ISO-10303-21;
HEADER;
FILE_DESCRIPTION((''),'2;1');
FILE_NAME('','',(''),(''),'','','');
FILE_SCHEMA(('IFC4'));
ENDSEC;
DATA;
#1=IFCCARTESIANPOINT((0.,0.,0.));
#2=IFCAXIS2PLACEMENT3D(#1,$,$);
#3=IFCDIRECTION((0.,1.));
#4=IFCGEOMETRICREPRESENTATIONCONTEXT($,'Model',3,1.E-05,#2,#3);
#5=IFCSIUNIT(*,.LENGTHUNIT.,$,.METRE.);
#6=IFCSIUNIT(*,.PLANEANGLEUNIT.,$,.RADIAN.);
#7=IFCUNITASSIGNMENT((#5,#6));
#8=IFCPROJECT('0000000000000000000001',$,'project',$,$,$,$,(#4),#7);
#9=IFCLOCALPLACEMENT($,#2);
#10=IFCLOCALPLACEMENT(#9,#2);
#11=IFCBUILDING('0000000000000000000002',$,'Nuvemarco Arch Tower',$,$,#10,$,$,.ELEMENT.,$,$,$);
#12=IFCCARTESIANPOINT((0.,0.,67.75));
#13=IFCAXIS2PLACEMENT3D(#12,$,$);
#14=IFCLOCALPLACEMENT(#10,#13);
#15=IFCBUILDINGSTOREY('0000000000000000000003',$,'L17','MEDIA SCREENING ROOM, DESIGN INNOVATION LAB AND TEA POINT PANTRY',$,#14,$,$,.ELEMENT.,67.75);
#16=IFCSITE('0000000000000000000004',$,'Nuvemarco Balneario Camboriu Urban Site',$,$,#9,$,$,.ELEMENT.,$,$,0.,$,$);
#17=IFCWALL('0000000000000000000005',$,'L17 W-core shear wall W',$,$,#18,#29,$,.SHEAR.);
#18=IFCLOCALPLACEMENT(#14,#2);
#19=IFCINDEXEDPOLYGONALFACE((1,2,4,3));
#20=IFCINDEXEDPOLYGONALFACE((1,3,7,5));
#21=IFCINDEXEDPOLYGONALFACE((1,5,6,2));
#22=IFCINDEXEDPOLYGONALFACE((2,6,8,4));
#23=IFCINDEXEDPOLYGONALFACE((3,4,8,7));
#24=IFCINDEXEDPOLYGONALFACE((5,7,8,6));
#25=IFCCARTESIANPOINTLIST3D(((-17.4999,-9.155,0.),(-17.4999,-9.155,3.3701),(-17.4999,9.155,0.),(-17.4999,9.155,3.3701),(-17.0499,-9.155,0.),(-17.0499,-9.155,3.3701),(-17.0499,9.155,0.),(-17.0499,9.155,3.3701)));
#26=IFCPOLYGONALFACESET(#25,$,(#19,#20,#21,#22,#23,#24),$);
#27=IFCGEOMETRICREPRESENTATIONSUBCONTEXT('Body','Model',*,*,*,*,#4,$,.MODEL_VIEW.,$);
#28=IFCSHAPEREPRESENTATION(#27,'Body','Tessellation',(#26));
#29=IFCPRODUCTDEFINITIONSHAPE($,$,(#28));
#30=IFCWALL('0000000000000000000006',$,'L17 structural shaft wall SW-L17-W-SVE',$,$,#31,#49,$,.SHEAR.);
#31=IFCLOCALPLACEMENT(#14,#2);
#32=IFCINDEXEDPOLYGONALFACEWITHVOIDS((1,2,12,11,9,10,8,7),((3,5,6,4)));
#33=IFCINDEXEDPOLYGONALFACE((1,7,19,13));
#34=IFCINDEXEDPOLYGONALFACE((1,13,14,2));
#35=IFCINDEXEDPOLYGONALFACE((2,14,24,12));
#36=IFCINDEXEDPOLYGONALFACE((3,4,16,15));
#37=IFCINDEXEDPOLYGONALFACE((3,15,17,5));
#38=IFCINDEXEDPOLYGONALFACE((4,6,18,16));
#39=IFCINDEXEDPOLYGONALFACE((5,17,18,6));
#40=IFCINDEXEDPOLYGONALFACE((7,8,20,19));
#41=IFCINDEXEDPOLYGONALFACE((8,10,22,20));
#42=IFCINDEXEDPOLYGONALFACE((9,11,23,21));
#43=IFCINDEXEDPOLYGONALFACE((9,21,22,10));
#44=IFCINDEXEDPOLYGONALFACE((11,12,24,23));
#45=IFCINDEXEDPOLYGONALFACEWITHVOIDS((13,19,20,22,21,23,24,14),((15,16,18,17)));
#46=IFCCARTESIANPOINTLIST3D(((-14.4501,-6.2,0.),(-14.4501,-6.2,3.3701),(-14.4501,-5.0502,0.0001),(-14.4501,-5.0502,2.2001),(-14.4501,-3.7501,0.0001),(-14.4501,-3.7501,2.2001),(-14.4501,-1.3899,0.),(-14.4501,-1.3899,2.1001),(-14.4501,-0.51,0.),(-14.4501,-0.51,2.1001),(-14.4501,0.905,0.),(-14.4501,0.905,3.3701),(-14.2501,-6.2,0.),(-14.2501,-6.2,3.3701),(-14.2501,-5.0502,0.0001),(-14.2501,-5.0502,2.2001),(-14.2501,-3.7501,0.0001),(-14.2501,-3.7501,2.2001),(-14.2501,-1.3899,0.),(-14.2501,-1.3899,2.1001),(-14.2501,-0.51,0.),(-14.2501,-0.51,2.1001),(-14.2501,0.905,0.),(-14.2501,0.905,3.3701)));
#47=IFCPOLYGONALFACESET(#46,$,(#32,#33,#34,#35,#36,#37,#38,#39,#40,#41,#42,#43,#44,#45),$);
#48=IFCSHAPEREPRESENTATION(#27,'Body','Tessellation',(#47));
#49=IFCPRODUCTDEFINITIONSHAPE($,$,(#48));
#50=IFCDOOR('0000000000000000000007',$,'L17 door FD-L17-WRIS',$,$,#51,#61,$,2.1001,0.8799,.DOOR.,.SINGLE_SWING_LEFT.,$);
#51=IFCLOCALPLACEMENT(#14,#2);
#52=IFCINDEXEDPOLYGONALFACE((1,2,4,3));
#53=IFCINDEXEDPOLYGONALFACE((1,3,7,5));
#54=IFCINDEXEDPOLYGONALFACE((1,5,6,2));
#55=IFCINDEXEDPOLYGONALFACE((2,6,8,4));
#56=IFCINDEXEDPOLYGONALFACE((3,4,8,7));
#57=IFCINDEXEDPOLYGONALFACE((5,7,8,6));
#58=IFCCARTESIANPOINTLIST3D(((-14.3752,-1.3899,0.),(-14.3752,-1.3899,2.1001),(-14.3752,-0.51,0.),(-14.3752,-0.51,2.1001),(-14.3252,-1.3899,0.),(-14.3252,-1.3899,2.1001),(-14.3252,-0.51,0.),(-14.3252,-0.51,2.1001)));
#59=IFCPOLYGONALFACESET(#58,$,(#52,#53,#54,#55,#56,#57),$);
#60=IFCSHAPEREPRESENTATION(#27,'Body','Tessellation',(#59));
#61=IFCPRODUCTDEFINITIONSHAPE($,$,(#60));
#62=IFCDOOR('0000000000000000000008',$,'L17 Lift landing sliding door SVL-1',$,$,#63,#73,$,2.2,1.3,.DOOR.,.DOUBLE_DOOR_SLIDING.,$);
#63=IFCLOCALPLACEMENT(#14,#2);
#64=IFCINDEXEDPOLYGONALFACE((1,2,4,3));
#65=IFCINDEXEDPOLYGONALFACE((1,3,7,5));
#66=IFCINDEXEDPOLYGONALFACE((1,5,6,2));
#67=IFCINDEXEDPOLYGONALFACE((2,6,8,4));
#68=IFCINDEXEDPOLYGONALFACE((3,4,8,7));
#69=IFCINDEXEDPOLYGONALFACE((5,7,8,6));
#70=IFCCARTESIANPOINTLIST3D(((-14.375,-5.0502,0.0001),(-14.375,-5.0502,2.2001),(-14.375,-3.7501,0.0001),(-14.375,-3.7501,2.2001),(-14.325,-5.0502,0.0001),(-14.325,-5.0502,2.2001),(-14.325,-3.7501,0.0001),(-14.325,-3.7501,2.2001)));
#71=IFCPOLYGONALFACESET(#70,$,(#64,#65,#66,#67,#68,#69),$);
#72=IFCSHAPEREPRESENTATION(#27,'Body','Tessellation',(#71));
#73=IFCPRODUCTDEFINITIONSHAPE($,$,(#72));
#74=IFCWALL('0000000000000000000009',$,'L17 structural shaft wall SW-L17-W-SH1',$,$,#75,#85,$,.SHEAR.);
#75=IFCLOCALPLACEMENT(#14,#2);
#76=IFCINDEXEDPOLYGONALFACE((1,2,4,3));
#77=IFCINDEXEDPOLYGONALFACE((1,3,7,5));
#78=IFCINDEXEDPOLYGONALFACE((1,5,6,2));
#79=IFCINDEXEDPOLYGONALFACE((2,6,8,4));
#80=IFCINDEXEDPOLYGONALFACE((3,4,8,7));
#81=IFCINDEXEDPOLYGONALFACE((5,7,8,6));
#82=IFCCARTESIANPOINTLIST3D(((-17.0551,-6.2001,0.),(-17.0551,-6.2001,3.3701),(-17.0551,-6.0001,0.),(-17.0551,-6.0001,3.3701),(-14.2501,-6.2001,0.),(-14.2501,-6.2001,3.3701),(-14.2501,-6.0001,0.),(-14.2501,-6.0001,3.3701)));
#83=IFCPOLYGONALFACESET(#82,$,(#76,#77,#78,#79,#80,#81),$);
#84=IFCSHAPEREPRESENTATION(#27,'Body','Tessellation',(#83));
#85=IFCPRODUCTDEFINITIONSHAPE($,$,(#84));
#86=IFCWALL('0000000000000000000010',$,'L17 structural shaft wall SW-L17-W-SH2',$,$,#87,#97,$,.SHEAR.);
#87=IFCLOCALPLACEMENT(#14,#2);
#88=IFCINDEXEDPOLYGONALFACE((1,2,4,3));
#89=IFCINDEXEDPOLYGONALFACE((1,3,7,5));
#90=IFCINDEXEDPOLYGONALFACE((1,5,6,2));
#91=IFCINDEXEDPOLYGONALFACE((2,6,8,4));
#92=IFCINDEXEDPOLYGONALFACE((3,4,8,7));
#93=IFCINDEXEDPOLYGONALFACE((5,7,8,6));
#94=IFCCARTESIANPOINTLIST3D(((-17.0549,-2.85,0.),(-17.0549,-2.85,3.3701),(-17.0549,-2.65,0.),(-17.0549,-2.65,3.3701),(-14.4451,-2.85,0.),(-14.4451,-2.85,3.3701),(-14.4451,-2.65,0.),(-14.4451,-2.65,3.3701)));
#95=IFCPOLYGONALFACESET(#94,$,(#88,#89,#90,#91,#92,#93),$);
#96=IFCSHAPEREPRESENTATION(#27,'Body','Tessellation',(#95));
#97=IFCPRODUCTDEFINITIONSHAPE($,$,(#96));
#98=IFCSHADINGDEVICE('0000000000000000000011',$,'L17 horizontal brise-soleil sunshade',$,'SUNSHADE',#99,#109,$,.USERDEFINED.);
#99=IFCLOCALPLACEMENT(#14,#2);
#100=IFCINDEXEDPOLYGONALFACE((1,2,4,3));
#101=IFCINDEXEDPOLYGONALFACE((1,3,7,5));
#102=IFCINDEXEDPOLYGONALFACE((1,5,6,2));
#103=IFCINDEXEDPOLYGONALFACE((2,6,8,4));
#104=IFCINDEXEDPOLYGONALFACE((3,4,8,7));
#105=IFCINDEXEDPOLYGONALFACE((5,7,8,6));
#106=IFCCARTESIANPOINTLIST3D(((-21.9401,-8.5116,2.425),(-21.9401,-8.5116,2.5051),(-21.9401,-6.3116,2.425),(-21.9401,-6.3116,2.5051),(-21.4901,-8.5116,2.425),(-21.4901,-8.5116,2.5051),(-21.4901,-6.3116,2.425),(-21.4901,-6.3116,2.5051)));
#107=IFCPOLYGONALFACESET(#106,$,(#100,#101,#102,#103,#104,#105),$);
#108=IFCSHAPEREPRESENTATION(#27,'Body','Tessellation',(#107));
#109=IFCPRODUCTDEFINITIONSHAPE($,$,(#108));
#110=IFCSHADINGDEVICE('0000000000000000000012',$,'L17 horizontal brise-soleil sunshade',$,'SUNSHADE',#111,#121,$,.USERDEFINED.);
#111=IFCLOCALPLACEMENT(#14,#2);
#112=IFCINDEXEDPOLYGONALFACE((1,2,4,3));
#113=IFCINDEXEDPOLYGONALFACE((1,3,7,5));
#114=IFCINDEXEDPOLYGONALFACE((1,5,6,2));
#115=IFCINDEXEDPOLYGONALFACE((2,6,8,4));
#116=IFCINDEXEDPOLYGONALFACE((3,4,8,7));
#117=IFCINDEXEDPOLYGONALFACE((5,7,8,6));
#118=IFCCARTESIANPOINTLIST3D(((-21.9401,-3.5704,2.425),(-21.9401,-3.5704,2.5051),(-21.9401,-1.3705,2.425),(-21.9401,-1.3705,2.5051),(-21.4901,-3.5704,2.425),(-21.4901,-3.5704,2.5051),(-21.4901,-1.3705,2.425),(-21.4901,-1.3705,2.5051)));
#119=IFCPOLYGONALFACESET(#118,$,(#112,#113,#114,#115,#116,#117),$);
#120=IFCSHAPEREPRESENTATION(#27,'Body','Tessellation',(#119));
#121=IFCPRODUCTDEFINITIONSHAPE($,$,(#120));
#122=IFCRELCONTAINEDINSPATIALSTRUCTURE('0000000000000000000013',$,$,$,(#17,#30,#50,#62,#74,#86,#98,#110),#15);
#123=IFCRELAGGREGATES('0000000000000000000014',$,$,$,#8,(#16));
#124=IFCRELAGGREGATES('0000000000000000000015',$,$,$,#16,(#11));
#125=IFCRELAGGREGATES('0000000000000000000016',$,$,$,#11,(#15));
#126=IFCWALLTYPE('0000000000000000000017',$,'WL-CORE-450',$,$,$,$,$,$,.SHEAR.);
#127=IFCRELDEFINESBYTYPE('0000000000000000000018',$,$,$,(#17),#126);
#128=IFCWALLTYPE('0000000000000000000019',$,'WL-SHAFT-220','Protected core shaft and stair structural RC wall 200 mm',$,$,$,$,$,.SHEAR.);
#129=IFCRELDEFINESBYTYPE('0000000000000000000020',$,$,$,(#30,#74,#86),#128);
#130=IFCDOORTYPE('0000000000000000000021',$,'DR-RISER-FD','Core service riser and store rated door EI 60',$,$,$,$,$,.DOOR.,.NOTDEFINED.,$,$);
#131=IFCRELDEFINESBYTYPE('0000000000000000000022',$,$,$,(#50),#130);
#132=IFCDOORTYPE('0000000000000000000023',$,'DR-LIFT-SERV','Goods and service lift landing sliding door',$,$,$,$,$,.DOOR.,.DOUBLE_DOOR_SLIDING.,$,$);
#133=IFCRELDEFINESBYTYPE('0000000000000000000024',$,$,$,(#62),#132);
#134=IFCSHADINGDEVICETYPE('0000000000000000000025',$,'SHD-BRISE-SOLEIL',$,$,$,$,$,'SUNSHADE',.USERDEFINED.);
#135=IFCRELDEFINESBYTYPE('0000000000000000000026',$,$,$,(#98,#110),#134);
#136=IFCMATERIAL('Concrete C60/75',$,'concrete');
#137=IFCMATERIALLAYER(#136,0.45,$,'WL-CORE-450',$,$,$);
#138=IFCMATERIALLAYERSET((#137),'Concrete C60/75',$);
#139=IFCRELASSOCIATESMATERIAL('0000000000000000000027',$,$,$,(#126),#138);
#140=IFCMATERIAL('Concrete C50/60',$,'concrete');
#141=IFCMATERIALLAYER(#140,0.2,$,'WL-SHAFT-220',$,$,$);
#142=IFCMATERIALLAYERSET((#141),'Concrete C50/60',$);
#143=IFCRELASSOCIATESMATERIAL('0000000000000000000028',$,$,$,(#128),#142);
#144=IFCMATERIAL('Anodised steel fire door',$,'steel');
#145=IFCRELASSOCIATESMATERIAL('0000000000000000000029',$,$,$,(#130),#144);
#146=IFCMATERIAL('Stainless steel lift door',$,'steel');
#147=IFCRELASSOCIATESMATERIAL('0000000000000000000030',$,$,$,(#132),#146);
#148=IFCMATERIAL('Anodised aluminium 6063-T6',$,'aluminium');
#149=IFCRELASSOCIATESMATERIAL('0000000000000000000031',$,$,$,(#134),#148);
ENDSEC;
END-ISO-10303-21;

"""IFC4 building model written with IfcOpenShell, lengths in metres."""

from ifc_helpers import new_model, si_unit, direction, frame, frame_2d, origin, origin_2d, place, context, subcontext, project, spatial, rectangle, extrude, source, transform, mapped, material, layer, layer_set, type_object, type_shapes, element, fill, save


model = new_model("IFC4")

# Units and contexts
model_context = context("Model", 3, precision=1e-05, world=origin(), true_north=direction((0.0, 1.0)))
body_context = subcontext(model_context, "Body", "Model", "MODEL_VIEW")
ifc_project = project(units=[si_unit("LENGTHUNIT", "METRE"), si_unit("PLANEANGLEUNIT", "RADIAN")], contexts=[model_context])

# Site, building, storey
site_placement = place(None, origin())
site = spatial("IfcSite", under=ifc_project, at=site_placement, Name="Nuvemarco Balneario Camboriu Urban Site", CompositionType="ELEMENT", RefElevation=0.0)
building_placement = place(site_placement, origin())
building = spatial("IfcBuilding", under=site, at=building_placement, Name="Nuvemarco Arch Tower", CompositionType="ELEMENT")
storey_placement = place(building_placement, frame((0.0, 0.0, 67.75)))
storey = spatial("IfcBuildingStorey", under=building, at=storey_placement, Name="L17", Description="MEDIA SCREENING ROOM, DESIGN INNOVATION LAB AND TEA POINT PANTRY", CompositionType="ELEMENT", Elevation=67.75)

# Shared definitions
ifc_material_1 = material(Name="Concrete C60/75", Category="concrete")

# Wall
ifc_layer_1 = layer(ifc_material_1, 0.45, Name="WL-CORE-450")
ifc_layer_set_1 = layer_set([ifc_layer_1], Name="Concrete C60/75")
wall_type_1 = type_object("IfcWallType", Name="WL-CORE-450", PredefinedType="SHEAR", material=ifc_layer_set_1)
wall_1_placement = place(storey_placement, frame((-17.2749, -9.155, 0.0), z_axis=(0.0, 0.0, 1.0), x_axis=(0.0, 1.0, 0.0)))
element("IfcWall", 1, at=wall_1_placement, inside=storey, type_object=wall_type_1, Name="L17 W-core shear wall W", PredefinedType="SHEAR", context=body_context, shape_type="SweptSolid", body=[
    extrude(rectangle(XDim=18.3101, YDim=0.45, at=frame_2d((9.155, 0.0))), origin(), (0.0, 0.0, 1.0), 3.3701),
])

# Shared definitions
ifc_material_2 = material(Name="Concrete C50/60", Category="concrete")
ifc_layer_2 = layer(ifc_material_2, 0.2, Name="WL-SHAFT-220")
ifc_layer_set_2 = layer_set([ifc_layer_2], Name="Concrete C50/60")
wall_type_2 = type_object("IfcWallType", Name="WL-SHAFT-220", Description="Protected core shaft and stair structural RC wall 200 mm", PredefinedType="SHEAR", material=ifc_layer_set_2)
ifc_material_3 = material(Name="Stainless steel lift door", Category="steel")

# Wall, openings, doors
wall_2_placement = place(storey_placement, frame((-14.3501, -6.2, 0.0), z_axis=(0.0, 0.0, 1.0), x_axis=(0.0, 1.0, 0.0)))
wall_2 = element("IfcWall", 2, at=wall_2_placement, inside=storey, type_object=wall_type_2, Name="L17 structural shaft wall SW-L17-W-SVE", PredefinedType="SHEAR", context=body_context, shape_type="SweptSolid", body=[
    extrude(rectangle(XDim=7.105, YDim=0.2, at=frame_2d((3.5525, 0.0))), origin(), (0.0, 0.0, 1.0), 3.3701),
])
opening_1_placement = place(wall_2_placement, frame((5.6899, 0.0, 0.0), z_axis=(0.0, 0.0, 1.0), x_axis=(-1.0, 0.0, 0.0)))
opening_1 = element("IfcOpeningElement", 3, at=opening_1_placement, cuts=wall_2, PredefinedType="OPENING", context=body_context, shape_type="SweptSolid", body=[
    extrude(rectangle(XDim=0.8799, YDim=2.1001, at=frame_2d((0.4399, 1.05))), frame((0.0, 0.1099, 0.0), z_axis=(0.0, -1.0, 0.0), x_axis=(1.0, 0.0, 0.0)), (0.0, 0.0, 1.0), 0.22),
])
opening_2_placement = place(wall_2_placement, frame((1.1499, 0.0, 0.0)))
opening_2 = element("IfcOpeningElement", 4, at=opening_2_placement, cuts=wall_2, PredefinedType="OPENING", context=body_context, shape_type="SweptSolid", body=[
    extrude(rectangle(XDim=1.3, YDim=2.2, at=frame_2d((0.6499, 1.1001))), frame((0.0, 0.1099, 0.0), z_axis=(0.0, -1.0, 0.0), x_axis=(1.0, 0.0, 0.0)), (0.0, 0.0, 1.0), 0.22),
])
ifc_material_4 = material(Name="Anodised steel fire door", Category="steel")
door_type_1 = type_object("IfcDoorType", Name="DR-RISER-FD", Description="Core service riser and store rated door EI 60", OperationType="NOTDEFINED", PredefinedType="DOOR", material=ifc_material_4)
shared_shape_1 = source(origin(), body_context, "Body", "SweptSolid", [
    extrude(rectangle(XDim=0.8799, YDim=2.1001, at=frame_2d((0.4399, 1.05))), frame((0.0, 0.0249, 0.0), z_axis=(0.0, -1.0, 0.0), x_axis=(1.0, 0.0, 0.0)), (0.0, 0.0, 1.0), 0.05),
])
type_shapes(door_type_1, [shared_shape_1])
door_1_placement = place(opening_1_placement, origin())
door_1 = element("IfcDoor", 5, at=door_1_placement, inside=storey, type_object=door_type_1, Name="L17 door FD-L17-WRIS", OperationType="SINGLE_SWING_LEFT", OverallHeight=2.1001, OverallWidth=0.8799, PredefinedType="DOOR", context=body_context, shape_type="MappedRepresentation", body=[
    mapped(shared_shape_1, transform((0.0, 0.0, 0.0), scale=1.0)),
])
fill(opening_1, door_1)
door_type_2 = type_object("IfcDoorType", Name="DR-LIFT-SERV", Description="Goods and service lift landing sliding door", OperationType="DOUBLE_DOOR_SLIDING", PredefinedType="DOOR", material=ifc_material_3)
shared_shape_2 = source(origin(), body_context, "Body", "SweptSolid", [
    extrude(rectangle(XDim=1.3, YDim=2.2, at=frame_2d((0.6499, 1.1001))), frame((0.0, 0.0249, 0.0), z_axis=(0.0, -1.0, 0.0), x_axis=(1.0, 0.0, 0.0)), (0.0, 0.0, 1.0), 0.05),
])
type_shapes(door_type_2, [shared_shape_2])
door_2_placement = place(opening_2_placement, origin())
door_2 = element("IfcDoor", 6, at=door_2_placement, inside=storey, type_object=door_type_2, Name="L17 Lift landing sliding door SVL-1", OperationType="DOUBLE_DOOR_SLIDING", OverallHeight=2.2, OverallWidth=1.3, PredefinedType="DOOR", context=body_context, shape_type="MappedRepresentation", body=[
    mapped(shared_shape_2, transform((0.0, 0.0, 0.0), scale=1.0)),
])
fill(opening_2, door_2)

# Walls
wall_3_placement = place(storey_placement, frame((-17.0549, -6.1001, 0.0), z_axis=(0.0, 0.0, 1.0), x_axis=(1.0, 0.0, 0.0)))
element("IfcWall", 7, at=wall_3_placement, inside=storey, type_object=wall_type_2, Name="L17 structural shaft wall SW-L17-W-SH1", PredefinedType="SHEAR", context=body_context, shape_type="SweptSolid", body=[
    extrude(rectangle(XDim=2.8049, YDim=0.2, at=frame_2d((1.4023, 0.0))), origin(), (0.0, 0.0, 1.0), 3.3701),
])
wall_4_placement = place(storey_placement, frame((-17.0549, -2.75, 0.0), z_axis=(0.0, 0.0, 1.0), x_axis=(1.0, 0.0, 0.0)))
element("IfcWall", 8, at=wall_4_placement, inside=storey, type_object=wall_type_2, Name="L17 structural shaft wall SW-L17-W-SH2", PredefinedType="SHEAR", context=body_context, shape_type="SweptSolid", body=[
    extrude(rectangle(XDim=2.6099, YDim=0.2, at=frame_2d((1.3049, 0.0))), origin(), (0.0, 0.0, 1.0), 3.3701),
])

# Shading devices
ifc_material_5 = material(Name="Anodised aluminium 6063-T6", Category="aluminium")
shading_device_type = type_object("IfcShadingDeviceType", Name="SHD-BRISE-SOLEIL", ElementType="SUNSHADE", PredefinedType="USERDEFINED", material=ifc_material_5)
shared_shape_3 = source(origin(), body_context, "Body", "SweptSolid", [
    extrude(rectangle(XDim=2.2, YDim=0.45, at=origin_2d()), origin(), (0.0, 0.0, 1.0), 0.0801),
])
type_shapes(shading_device_type, [shared_shape_3])
for number, where, z_axis, x_axis, name in (
    (9, (-21.7151, -7.4116, 2.425), (0.0, 0.0, 1.0), (0.0, 1.0, 0.0), "L17 horizontal brise-soleil sunshade"),
    (10, (-21.7151, -2.4705, 2.425), (0.0, 0.0, 1.0), (0.0, 1.0, 0.0), "L17 horizontal brise-soleil sunshade"),
):
    element("IfcShadingDevice", number, at=place(storey_placement, frame(where, z_axis=z_axis, x_axis=x_axis)), inside=storey, type_object=shading_device_type, Name=name, ObjectType="SUNSHADE", PredefinedType="USERDEFINED", context=body_context, shape_type="MappedRepresentation", body=[
        mapped(shared_shape_3, transform((0.0, 0.0, 0.0), scale=1.0)),
    ])

save(model, "model.ifc")
